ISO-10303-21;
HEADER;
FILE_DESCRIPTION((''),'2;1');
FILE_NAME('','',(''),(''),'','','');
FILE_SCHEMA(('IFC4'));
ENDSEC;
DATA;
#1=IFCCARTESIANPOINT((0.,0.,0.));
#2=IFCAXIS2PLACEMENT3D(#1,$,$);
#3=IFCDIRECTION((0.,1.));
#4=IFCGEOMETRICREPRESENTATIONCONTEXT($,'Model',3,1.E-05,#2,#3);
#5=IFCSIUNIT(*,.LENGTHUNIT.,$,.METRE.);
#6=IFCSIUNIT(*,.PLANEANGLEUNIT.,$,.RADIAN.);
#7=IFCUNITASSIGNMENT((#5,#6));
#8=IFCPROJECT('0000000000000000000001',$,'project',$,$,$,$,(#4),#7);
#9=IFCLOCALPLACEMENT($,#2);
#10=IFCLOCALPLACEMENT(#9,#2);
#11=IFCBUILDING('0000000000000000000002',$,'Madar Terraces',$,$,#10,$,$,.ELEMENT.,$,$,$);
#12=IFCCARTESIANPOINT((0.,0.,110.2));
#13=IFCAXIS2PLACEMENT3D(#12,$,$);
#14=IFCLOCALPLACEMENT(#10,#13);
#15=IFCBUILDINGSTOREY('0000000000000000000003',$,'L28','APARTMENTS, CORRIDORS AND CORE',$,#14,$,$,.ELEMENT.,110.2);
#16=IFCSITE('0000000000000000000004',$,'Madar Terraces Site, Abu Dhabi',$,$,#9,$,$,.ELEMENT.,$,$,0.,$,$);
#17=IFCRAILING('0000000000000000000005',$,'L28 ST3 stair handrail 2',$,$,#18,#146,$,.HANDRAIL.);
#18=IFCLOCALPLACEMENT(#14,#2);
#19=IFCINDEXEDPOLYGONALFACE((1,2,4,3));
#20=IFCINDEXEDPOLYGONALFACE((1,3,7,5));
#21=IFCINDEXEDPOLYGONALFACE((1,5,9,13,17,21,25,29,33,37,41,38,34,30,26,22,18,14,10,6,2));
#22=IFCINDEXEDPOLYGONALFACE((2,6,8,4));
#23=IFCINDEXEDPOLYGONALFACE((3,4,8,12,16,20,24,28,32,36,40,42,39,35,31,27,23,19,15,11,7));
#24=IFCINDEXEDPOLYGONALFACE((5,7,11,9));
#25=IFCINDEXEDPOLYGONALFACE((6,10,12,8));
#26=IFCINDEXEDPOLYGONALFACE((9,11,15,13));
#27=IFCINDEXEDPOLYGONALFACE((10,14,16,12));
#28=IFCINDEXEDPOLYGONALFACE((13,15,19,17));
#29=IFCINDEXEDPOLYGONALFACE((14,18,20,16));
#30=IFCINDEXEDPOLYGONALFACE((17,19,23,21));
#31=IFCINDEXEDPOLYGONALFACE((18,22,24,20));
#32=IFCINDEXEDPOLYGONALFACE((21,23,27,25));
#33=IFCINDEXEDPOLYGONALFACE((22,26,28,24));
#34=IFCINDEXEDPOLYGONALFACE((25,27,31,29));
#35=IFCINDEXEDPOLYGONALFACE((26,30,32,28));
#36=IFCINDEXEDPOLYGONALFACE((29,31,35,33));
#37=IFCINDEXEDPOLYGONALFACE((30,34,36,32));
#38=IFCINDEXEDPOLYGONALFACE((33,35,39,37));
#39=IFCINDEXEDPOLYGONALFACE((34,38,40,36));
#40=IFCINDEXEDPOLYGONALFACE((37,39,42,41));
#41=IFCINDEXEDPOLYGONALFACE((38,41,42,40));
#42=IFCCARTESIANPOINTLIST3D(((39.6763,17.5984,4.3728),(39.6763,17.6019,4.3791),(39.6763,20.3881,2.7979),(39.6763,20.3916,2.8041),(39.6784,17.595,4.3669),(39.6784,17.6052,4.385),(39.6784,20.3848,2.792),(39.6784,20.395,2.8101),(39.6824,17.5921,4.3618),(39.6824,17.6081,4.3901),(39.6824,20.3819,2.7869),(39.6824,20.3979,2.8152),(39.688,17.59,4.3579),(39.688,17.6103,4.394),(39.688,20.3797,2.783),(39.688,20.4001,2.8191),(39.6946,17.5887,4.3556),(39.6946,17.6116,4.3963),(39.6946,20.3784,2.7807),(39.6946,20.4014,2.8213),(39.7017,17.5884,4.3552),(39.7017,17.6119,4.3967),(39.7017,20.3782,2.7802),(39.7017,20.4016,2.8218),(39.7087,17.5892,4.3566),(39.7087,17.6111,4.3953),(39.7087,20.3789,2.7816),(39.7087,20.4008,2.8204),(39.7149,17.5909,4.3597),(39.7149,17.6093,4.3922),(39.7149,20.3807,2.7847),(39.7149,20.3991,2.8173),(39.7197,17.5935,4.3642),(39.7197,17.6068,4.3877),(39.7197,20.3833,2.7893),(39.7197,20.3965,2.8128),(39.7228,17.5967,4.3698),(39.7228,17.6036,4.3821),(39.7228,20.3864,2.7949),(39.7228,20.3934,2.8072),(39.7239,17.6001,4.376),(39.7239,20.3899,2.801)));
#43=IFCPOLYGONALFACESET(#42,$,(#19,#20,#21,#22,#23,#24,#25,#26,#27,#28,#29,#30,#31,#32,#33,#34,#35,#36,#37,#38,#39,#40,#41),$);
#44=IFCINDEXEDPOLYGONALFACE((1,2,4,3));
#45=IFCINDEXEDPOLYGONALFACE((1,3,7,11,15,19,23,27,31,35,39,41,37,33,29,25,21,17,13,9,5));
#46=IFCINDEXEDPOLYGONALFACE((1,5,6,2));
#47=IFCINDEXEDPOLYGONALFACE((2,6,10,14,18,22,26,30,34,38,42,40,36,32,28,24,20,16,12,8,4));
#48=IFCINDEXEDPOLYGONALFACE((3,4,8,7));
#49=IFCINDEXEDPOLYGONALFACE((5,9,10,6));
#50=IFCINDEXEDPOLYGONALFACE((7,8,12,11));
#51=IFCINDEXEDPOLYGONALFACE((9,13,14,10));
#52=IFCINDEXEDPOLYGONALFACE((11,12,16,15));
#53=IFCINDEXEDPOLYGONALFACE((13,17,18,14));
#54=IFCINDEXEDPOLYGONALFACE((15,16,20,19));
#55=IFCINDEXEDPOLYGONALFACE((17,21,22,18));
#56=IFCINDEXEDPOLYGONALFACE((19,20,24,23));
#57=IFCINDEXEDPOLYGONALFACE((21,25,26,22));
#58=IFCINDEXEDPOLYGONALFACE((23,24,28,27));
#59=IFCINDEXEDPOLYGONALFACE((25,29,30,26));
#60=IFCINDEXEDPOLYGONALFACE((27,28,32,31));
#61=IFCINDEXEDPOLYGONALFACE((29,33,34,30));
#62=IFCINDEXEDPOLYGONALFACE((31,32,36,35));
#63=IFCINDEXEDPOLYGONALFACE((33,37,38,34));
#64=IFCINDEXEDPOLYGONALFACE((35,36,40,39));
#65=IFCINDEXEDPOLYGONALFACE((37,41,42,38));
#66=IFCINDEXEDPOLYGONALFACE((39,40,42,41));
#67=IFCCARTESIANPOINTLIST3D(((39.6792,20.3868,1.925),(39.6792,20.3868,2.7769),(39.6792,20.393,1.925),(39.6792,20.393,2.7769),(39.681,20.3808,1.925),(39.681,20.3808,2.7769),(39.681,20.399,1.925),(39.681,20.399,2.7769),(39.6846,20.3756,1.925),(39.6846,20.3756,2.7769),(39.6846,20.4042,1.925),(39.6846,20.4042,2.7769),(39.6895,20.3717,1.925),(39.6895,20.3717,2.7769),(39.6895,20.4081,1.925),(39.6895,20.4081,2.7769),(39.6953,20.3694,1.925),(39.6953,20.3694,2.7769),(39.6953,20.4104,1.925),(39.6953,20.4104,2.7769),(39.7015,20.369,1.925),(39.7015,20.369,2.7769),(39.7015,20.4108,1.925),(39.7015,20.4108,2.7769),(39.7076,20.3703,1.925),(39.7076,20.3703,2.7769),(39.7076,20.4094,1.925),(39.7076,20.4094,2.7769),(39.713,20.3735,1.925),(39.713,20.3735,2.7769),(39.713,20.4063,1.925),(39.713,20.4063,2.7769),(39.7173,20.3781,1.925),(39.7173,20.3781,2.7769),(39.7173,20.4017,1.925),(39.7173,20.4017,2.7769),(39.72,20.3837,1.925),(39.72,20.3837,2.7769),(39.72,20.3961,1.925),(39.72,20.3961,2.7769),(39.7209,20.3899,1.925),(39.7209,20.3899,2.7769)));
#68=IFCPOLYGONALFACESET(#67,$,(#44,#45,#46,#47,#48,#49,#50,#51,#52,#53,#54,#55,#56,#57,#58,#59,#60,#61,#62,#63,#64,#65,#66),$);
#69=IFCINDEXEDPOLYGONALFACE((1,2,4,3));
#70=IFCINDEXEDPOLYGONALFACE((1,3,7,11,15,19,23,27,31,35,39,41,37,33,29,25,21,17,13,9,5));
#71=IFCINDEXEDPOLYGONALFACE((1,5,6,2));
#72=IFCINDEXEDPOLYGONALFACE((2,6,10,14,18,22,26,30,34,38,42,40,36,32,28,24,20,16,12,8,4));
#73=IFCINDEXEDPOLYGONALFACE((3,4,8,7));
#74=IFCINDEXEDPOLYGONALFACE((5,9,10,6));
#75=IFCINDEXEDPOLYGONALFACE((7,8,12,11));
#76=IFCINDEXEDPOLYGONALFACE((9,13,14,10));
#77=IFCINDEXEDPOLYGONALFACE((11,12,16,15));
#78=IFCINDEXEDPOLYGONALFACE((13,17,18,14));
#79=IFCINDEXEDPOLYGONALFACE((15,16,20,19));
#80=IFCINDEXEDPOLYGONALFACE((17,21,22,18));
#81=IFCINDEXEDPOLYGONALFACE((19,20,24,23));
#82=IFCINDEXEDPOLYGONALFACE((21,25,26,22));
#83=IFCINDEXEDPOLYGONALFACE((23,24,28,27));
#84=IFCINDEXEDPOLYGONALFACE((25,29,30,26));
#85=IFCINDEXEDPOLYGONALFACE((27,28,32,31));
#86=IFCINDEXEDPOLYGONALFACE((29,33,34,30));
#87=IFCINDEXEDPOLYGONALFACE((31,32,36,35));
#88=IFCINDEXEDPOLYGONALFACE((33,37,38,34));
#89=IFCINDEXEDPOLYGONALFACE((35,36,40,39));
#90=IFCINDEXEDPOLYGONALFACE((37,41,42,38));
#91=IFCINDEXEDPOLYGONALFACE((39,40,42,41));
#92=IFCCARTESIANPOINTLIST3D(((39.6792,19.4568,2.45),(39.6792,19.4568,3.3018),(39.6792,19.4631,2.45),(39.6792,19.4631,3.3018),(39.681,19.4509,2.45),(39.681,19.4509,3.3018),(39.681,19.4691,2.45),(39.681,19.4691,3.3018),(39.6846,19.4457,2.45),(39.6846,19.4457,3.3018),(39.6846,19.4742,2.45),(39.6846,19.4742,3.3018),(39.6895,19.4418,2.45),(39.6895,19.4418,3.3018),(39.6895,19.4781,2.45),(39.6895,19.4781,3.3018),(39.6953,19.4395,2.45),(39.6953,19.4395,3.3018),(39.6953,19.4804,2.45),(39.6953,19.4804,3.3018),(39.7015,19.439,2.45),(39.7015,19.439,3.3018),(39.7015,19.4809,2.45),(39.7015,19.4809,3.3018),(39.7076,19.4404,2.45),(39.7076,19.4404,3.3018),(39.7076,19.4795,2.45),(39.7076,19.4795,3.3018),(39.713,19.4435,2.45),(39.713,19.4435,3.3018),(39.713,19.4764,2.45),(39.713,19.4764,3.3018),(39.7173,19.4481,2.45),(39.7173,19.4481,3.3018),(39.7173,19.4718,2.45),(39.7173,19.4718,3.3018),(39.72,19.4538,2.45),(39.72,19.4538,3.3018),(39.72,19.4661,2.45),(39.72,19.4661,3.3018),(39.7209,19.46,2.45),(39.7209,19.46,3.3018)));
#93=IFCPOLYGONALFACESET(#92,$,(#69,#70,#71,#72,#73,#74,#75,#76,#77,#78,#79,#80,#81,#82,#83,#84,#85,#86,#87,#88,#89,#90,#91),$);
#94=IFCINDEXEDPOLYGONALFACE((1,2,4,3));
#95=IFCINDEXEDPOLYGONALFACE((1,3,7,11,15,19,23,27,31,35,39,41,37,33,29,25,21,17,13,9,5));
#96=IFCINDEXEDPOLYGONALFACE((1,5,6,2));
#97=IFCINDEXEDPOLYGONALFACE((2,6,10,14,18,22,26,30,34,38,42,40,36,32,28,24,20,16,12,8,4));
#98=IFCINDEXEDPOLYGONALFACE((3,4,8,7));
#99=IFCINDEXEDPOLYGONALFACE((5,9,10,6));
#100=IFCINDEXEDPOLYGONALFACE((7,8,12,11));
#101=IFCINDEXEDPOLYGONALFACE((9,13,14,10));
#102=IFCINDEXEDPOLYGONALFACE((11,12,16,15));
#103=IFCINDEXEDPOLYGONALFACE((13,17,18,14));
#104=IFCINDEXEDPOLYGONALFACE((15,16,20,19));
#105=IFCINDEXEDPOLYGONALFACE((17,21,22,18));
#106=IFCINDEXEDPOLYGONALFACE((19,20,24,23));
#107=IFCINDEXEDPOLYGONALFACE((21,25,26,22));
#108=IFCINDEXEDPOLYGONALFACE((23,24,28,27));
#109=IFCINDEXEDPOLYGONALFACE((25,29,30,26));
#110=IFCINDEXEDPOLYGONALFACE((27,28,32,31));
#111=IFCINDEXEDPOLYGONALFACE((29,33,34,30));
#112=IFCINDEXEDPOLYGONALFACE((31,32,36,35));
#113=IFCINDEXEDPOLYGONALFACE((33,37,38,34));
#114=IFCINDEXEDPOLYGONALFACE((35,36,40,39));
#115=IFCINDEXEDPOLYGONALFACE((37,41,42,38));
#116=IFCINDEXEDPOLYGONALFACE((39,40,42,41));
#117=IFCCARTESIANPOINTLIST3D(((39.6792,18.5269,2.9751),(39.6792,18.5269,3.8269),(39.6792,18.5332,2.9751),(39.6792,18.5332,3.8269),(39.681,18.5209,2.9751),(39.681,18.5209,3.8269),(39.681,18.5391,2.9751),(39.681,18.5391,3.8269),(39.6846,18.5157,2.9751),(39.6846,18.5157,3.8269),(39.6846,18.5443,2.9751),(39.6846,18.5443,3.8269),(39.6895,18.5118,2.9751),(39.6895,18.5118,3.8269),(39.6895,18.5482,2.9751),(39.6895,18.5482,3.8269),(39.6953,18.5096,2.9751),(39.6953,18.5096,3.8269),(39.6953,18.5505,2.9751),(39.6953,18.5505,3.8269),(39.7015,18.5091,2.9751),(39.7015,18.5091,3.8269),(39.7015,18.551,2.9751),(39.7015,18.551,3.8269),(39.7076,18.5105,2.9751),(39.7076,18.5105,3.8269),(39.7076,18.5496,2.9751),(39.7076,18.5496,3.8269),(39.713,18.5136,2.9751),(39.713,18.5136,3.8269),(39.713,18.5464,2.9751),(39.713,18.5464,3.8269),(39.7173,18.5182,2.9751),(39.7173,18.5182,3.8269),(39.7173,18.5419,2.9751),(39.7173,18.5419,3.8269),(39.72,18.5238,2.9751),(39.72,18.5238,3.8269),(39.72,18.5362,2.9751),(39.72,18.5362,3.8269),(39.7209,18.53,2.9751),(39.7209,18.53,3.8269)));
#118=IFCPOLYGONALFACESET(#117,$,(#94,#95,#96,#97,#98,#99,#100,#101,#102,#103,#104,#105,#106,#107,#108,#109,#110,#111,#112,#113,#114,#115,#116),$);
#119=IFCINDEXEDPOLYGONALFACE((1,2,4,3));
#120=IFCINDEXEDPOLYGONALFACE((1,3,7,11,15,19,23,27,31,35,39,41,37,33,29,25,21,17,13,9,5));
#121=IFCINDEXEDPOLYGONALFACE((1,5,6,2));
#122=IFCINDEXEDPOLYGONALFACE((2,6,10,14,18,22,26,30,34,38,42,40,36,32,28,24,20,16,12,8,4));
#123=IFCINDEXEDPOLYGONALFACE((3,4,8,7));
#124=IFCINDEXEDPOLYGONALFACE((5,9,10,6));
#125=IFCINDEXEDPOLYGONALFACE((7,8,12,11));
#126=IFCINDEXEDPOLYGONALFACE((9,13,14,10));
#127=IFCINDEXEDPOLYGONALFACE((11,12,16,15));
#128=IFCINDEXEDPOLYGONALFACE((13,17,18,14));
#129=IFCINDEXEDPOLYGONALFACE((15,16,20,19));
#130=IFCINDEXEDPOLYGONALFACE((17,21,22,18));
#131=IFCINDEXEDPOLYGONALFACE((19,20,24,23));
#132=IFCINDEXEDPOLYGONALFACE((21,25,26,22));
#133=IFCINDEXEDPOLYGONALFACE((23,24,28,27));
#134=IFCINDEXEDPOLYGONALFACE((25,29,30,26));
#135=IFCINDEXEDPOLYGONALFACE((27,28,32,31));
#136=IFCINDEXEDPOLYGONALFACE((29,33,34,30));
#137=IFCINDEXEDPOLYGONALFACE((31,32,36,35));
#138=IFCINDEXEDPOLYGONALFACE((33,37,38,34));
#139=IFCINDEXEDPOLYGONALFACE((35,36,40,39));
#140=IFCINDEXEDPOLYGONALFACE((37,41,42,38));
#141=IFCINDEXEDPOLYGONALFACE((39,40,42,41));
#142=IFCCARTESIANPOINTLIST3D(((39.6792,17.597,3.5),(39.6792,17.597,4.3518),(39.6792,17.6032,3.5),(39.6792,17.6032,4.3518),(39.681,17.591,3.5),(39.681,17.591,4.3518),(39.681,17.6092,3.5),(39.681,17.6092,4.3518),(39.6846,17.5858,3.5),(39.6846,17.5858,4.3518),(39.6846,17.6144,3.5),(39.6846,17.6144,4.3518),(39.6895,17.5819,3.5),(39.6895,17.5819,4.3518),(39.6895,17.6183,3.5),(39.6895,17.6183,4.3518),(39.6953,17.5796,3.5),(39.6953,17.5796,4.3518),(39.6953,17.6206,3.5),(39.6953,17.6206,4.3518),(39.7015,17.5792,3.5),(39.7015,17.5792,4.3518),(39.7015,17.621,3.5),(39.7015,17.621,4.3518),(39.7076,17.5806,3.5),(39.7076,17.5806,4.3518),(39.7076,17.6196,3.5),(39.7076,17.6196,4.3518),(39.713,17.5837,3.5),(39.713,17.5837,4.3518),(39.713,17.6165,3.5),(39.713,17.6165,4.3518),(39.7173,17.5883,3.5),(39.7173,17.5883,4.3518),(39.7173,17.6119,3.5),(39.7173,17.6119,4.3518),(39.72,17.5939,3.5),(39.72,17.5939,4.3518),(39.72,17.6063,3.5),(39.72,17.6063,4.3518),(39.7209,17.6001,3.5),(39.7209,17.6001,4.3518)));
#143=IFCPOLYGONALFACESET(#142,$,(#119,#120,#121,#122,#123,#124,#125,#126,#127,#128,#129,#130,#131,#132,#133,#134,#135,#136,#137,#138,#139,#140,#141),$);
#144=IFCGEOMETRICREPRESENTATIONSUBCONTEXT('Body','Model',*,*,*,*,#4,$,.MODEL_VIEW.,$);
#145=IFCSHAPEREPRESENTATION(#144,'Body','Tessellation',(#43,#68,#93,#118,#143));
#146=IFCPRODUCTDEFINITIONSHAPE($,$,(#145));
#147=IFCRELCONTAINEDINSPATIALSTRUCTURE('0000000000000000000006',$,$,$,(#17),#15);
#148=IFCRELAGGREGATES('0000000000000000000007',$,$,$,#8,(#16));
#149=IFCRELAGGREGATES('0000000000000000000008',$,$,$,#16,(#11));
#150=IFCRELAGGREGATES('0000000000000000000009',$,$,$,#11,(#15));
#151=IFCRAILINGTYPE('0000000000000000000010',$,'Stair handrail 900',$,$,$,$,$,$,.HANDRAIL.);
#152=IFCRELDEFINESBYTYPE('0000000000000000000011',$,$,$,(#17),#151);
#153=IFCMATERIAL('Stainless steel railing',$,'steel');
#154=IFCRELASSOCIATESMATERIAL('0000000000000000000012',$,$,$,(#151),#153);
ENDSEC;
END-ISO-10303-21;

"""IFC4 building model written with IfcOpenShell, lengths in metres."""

from ifc_helpers import new_model, si_unit, direction, frame, origin, origin_2d, place, context, subcontext, project, spatial, circle, extrude, material, type_object, element, save


model = new_model("IFC4")

# Units and contexts
model_context = context("Model", 3, precision=1e-05, world=origin(), true_north=direction((0.0, 1.0)))
body_context = subcontext(model_context, "Body", "Model", "MODEL_VIEW")
ifc_project = project(units=[si_unit("LENGTHUNIT", "METRE"), si_unit("PLANEANGLEUNIT", "RADIAN")], contexts=[model_context])

# Site, building, storey
site_placement = place(None, origin())
site = spatial("IfcSite", under=ifc_project, at=site_placement, Name="Madar Terraces Site, Abu Dhabi", CompositionType="ELEMENT", RefElevation=0.0)
building_placement = place(site_placement, origin())
building = spatial("IfcBuilding", under=site, at=building_placement, Name="Madar Terraces", CompositionType="ELEMENT")
storey_placement = place(building_placement, frame((0.0, 0.0, 110.2)))
storey = spatial("IfcBuildingStorey", under=building, at=storey_placement, Name="L28", Description="APARTMENTS, CORRIDORS AND CORE", CompositionType="ELEMENT", Elevation=110.2)

# Railing
ifc_material_1 = material(Name="Stainless steel railing", Category="steel")
railing_type_1 = type_object("IfcRailingType", Name="Stair handrail 900", PredefinedType="HANDRAIL", material=ifc_material_1)
railing_1_placement = place(storey_placement, frame((39.7, 20.3899, 1.925)))
element("IfcRailing", 1, at=railing_1_placement, inside=storey, type_object=railing_type_1, Name="L28 ST3 stair handrail 2", PredefinedType="HANDRAIL", context=body_context, shape_type="SweptSolid", body=[
    extrude(circle(Radius=0.0239, at=origin_2d()), frame((0.0, 0.0, 0.876), z_axis=(0.0, -0.870815, 0.49161), x_axis=(1.0, 0.0, 0.0)), (0.0, 0.0, 1.0), 3.2036),
    extrude(circle(Radius=0.021, at=origin_2d()), origin(), (0.0, 0.0, 1.0), 0.8518),
    extrude(circle(Radius=0.021, at=origin_2d()), frame((0.0, -0.9299, 0.5249)), (0.0, 0.0, 1.0), 0.8518),
    extrude(circle(Radius=0.021, at=origin_2d()), frame((0.0, -1.8599, 1.05)), (0.0, 0.0, 1.0), 0.8518),
    extrude(circle(Radius=0.021, at=origin_2d()), frame((0.0, -2.7898, 1.575)), (0.0, 0.0, 1.0), 0.8518),
])

save(model, "model.ifc")
